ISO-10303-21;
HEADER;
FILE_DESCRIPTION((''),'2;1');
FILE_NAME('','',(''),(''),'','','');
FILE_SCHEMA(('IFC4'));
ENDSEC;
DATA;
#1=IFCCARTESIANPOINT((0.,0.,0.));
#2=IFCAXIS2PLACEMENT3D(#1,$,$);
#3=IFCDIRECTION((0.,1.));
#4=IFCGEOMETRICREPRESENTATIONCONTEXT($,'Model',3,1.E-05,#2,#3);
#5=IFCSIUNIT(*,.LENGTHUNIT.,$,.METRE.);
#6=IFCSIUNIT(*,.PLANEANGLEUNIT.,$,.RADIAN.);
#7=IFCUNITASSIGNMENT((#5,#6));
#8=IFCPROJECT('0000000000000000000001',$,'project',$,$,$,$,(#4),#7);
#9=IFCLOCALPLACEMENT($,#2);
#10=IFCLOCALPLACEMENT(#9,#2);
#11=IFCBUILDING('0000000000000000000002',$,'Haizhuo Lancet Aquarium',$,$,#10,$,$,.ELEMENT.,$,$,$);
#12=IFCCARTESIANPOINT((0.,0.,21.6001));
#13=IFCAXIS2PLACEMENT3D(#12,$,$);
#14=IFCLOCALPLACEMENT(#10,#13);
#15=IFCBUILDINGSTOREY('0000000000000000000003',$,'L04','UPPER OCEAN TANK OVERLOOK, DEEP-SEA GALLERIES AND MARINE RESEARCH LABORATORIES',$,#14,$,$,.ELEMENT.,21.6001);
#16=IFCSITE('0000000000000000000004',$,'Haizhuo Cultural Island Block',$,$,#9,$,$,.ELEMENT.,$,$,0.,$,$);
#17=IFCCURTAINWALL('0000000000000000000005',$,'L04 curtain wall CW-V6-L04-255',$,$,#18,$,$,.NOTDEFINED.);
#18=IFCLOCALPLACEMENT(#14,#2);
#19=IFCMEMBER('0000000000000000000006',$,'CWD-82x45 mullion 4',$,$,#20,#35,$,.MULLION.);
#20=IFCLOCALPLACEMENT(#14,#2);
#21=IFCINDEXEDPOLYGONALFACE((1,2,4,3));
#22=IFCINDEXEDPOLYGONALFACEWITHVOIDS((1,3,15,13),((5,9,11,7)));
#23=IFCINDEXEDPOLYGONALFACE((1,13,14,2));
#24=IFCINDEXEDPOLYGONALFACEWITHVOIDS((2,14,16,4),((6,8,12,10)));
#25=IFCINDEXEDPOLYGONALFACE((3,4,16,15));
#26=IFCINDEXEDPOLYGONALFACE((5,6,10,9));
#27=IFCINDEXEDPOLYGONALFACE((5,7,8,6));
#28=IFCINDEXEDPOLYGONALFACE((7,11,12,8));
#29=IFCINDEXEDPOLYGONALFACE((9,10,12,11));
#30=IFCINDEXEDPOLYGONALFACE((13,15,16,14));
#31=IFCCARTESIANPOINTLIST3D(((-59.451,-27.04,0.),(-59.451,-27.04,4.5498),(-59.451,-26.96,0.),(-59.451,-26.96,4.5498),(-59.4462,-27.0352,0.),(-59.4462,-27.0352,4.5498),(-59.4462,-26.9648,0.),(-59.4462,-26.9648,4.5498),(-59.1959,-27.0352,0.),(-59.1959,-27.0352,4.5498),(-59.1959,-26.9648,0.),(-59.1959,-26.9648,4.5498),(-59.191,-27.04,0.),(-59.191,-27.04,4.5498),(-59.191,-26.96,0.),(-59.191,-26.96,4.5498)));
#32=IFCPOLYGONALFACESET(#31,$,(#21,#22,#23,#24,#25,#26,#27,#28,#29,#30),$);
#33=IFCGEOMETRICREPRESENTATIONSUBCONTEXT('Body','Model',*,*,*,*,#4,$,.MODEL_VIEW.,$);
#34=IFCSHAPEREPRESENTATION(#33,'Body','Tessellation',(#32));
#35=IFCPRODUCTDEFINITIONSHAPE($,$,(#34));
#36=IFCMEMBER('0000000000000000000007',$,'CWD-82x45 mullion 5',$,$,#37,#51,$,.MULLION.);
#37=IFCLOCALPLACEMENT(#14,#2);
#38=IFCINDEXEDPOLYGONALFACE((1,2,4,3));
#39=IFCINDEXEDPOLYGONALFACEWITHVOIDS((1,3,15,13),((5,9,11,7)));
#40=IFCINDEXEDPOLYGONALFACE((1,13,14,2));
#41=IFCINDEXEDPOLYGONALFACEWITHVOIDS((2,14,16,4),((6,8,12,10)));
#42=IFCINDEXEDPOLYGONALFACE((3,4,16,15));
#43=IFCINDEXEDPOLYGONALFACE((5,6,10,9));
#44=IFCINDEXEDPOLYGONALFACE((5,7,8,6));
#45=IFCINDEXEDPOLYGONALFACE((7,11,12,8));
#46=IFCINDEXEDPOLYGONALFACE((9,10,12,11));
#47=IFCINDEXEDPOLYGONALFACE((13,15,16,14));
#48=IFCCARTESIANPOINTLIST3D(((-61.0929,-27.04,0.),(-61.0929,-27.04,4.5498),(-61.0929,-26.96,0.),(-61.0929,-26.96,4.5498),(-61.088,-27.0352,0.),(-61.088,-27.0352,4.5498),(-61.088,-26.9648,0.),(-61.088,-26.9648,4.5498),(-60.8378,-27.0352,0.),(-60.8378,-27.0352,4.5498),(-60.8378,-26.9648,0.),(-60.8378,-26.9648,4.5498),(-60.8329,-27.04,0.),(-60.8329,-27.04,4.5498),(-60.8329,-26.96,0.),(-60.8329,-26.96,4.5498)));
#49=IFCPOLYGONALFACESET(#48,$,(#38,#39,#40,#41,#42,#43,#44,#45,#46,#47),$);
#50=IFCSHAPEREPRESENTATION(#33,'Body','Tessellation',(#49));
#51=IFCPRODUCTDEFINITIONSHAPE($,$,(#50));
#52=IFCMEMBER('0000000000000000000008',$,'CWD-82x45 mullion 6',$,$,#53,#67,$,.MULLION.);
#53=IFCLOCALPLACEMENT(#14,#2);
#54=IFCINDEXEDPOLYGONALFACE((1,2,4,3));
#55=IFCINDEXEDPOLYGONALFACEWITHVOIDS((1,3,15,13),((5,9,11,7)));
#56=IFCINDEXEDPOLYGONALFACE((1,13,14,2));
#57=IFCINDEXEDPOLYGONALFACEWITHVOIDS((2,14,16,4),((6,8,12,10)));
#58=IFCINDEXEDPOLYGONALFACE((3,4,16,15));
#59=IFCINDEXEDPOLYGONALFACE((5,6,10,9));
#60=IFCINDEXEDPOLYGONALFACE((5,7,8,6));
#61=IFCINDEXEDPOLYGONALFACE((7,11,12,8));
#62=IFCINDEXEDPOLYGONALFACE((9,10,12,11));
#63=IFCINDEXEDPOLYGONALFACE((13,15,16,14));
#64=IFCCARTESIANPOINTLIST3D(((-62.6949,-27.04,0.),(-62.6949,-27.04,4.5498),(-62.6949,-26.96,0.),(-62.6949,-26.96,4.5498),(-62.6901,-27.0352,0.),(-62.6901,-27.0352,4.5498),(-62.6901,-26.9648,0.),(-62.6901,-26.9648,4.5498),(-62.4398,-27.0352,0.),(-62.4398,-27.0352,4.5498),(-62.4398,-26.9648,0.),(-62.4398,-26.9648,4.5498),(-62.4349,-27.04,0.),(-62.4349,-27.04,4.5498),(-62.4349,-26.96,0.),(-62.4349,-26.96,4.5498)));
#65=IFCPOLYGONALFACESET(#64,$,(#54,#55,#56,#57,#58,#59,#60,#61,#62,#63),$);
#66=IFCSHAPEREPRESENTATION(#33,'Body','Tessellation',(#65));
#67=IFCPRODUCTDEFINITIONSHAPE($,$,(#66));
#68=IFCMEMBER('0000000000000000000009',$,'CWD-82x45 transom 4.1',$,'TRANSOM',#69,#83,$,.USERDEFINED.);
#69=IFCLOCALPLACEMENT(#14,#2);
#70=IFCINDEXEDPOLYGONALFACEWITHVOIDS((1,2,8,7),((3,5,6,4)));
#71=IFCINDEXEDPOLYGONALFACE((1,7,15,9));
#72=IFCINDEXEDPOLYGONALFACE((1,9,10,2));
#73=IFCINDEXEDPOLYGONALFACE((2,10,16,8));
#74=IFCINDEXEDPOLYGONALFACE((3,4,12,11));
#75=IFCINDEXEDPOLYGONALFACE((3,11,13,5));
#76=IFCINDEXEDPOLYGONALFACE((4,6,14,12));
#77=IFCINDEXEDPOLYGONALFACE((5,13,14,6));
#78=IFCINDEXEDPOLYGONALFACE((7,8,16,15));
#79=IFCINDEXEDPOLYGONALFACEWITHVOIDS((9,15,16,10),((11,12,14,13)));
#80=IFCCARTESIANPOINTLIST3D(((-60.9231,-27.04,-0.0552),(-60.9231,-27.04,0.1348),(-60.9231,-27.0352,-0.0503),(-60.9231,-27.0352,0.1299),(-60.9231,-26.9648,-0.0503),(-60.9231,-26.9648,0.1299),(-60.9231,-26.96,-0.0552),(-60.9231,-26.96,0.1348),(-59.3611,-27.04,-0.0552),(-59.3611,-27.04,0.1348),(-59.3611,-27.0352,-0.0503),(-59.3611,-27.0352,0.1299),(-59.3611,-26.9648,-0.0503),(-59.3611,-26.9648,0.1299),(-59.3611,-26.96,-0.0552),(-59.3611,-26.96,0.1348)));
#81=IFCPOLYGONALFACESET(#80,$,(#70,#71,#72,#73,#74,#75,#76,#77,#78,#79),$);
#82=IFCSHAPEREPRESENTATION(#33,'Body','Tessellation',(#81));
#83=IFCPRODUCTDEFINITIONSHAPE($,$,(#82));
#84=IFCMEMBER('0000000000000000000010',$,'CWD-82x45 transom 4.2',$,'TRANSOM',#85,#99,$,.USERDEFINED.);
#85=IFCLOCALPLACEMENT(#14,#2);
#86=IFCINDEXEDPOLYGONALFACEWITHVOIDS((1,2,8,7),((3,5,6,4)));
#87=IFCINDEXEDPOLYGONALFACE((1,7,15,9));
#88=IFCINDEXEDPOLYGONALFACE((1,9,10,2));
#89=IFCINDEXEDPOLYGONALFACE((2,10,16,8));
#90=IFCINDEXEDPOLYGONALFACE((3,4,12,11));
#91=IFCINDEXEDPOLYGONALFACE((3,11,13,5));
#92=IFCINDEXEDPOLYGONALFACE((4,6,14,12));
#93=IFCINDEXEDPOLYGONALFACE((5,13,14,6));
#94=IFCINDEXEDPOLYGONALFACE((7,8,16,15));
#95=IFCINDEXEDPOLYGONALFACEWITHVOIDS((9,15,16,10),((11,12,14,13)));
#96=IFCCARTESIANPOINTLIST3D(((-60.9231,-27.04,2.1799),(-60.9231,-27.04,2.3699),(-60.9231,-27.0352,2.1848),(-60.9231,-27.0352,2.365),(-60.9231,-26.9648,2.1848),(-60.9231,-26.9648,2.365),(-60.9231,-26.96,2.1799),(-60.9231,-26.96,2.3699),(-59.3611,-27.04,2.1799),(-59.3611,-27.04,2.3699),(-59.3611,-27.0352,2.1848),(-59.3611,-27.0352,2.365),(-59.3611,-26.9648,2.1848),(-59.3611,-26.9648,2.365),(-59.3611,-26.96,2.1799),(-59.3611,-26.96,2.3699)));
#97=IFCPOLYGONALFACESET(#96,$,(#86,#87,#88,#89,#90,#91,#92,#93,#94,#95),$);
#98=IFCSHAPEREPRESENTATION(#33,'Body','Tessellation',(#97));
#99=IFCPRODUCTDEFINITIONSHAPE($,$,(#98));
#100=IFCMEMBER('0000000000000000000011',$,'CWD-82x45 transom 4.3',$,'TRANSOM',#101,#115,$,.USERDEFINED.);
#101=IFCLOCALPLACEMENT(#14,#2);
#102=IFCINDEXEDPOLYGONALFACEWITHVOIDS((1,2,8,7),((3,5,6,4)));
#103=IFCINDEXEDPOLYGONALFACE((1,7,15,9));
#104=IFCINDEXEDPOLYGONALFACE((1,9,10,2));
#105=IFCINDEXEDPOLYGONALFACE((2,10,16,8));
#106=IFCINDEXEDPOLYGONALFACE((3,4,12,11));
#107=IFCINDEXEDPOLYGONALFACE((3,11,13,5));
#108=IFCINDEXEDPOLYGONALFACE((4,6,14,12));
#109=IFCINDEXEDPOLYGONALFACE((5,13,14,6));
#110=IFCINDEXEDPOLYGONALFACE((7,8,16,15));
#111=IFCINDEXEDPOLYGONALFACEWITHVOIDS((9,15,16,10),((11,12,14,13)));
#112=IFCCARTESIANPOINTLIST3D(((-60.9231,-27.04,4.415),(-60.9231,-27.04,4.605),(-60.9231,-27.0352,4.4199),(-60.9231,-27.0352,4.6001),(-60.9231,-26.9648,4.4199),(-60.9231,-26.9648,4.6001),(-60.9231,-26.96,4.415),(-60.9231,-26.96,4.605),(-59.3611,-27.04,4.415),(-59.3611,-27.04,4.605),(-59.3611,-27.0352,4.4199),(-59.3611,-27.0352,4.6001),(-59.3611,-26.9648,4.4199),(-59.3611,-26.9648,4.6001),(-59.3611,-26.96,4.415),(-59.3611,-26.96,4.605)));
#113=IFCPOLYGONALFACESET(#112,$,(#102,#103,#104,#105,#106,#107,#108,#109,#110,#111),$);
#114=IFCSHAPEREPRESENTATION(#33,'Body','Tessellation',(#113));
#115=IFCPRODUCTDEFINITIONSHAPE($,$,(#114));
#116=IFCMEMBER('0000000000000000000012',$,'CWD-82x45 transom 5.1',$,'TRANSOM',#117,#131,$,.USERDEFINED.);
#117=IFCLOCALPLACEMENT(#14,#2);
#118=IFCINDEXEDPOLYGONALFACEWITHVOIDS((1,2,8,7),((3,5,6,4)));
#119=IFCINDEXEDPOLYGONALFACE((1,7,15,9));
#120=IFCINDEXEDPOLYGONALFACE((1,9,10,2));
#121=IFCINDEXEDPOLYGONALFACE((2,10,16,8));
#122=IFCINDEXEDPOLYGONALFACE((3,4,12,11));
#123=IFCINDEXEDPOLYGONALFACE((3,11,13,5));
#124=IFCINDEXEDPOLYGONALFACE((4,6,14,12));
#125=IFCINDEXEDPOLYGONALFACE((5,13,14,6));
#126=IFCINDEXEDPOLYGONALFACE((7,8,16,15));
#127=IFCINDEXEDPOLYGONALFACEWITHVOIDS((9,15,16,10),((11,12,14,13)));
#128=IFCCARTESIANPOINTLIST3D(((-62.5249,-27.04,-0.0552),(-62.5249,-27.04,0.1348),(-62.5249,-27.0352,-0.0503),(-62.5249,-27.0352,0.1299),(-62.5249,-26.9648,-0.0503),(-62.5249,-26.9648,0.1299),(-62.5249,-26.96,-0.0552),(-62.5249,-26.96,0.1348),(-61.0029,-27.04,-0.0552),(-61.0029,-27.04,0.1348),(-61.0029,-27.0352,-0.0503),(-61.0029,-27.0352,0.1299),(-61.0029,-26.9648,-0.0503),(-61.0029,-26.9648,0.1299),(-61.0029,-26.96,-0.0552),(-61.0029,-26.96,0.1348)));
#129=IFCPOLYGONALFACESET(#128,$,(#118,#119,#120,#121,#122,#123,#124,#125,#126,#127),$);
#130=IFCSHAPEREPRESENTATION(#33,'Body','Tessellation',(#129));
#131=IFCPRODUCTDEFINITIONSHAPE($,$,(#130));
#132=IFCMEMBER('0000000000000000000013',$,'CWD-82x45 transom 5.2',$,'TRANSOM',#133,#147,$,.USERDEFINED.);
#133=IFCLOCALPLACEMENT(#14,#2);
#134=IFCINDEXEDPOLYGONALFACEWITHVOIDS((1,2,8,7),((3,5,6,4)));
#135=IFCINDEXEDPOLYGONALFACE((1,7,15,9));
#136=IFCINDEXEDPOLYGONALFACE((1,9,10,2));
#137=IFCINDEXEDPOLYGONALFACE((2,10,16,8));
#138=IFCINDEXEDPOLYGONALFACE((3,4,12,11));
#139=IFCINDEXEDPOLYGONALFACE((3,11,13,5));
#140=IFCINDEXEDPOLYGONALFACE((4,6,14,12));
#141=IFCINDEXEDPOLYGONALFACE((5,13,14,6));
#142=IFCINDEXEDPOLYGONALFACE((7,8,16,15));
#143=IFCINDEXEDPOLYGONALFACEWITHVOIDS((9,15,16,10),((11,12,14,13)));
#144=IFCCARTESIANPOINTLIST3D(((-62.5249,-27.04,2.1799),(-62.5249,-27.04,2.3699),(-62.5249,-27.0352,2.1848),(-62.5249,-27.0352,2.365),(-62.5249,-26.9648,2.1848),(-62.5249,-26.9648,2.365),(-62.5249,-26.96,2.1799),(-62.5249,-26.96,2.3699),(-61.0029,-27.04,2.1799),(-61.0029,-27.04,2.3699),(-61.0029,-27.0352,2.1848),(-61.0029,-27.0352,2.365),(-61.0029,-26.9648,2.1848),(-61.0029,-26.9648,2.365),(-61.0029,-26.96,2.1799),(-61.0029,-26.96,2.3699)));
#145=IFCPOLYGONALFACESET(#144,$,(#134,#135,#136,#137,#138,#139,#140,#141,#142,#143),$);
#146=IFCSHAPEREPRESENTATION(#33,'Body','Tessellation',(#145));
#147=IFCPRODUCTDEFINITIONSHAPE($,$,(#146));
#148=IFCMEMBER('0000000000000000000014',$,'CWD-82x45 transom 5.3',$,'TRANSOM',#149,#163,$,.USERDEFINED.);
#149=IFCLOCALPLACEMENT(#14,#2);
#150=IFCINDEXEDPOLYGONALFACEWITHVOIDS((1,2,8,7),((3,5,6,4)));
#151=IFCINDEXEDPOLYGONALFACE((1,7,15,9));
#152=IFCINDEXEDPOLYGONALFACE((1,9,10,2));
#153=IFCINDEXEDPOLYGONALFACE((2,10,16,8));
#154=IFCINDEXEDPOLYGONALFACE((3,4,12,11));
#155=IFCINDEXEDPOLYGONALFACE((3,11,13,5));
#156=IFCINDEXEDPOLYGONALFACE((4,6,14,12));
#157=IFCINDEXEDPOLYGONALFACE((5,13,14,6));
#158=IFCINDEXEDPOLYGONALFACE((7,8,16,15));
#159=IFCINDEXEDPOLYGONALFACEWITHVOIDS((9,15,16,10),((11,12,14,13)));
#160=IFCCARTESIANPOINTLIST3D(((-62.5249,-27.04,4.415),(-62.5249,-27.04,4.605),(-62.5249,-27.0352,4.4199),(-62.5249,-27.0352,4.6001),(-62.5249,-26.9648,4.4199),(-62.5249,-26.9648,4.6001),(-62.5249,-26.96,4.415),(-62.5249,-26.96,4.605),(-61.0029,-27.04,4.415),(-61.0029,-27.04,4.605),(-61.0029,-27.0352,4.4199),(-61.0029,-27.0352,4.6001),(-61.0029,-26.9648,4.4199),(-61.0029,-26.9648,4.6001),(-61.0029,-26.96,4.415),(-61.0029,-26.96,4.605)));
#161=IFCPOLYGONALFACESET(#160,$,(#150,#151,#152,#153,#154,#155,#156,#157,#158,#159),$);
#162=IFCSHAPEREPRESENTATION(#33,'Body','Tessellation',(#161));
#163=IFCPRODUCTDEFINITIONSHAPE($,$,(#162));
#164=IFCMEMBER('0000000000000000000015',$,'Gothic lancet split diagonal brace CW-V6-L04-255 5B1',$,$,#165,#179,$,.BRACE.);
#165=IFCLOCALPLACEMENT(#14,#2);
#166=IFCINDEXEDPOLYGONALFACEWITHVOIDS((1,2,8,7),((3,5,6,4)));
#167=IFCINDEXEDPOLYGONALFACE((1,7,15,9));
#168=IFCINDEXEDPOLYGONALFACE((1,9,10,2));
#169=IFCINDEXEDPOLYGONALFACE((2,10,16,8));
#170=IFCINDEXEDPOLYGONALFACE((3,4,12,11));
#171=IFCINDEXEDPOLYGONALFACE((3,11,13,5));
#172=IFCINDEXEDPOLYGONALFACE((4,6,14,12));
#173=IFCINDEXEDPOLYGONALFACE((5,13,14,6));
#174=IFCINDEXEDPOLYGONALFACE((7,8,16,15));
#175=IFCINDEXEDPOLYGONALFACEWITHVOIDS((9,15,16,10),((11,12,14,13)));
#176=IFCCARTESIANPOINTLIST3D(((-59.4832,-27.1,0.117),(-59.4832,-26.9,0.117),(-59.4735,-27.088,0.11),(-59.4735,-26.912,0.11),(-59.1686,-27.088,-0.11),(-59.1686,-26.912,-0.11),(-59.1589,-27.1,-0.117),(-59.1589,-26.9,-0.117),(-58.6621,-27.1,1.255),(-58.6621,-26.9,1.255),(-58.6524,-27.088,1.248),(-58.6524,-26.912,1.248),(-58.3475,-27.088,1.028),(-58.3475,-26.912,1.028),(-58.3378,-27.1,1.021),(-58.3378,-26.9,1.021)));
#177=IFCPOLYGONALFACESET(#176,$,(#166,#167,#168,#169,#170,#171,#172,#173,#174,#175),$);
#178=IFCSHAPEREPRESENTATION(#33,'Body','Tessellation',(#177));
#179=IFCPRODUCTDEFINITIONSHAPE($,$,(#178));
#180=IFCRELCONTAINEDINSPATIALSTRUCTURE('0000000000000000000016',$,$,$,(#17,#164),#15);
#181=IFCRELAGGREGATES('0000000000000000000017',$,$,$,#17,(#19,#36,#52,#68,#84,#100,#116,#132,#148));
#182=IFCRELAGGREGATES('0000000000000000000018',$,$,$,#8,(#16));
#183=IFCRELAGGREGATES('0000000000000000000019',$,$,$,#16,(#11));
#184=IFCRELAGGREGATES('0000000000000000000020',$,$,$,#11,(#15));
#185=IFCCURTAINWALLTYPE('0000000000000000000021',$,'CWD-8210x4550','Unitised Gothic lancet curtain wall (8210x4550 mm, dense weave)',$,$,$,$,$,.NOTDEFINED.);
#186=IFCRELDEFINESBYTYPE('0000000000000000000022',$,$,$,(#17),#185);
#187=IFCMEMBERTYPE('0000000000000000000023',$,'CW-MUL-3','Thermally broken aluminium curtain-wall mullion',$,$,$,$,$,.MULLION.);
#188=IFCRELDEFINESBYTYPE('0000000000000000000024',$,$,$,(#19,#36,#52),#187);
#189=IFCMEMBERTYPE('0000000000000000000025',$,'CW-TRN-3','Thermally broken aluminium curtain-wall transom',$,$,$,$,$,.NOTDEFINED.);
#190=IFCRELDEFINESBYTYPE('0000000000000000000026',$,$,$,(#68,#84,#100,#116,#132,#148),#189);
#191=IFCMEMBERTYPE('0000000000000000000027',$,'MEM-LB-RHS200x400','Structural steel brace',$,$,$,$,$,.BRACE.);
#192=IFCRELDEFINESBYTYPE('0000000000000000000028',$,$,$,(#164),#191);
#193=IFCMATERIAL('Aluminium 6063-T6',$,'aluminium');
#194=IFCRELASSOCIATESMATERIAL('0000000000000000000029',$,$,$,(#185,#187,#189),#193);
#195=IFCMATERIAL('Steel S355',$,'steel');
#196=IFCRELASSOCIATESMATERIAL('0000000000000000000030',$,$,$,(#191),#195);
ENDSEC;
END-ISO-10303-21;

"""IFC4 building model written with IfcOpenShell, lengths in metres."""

from ifc_helpers import new_model, si_unit, direction, frame, origin, origin_2d, place, context, subcontext, project, spatial, hollow_rectangle, extrude, material, material_profile, profile_set, type_object, element, aggregate, save


model = new_model("IFC4")

# Units and contexts
model_context = context("Model", 3, precision=1e-05, world=origin(), true_north=direction((0.0, 1.0)))
body_context = subcontext(model_context, "Body", "Model", "MODEL_VIEW")
ifc_project = project(units=[si_unit("LENGTHUNIT", "METRE"), si_unit("PLANEANGLEUNIT", "RADIAN")], contexts=[model_context])

# Site, building, storey
site_placement = place(None, origin())
site = spatial("IfcSite", under=ifc_project, at=site_placement, Name="Haizhuo Cultural Island Block", CompositionType="ELEMENT", RefElevation=0.0)
building_placement = place(site_placement, origin())
building = spatial("IfcBuilding", under=site, at=building_placement, Name="Haizhuo Lancet Aquarium", CompositionType="ELEMENT")
storey_placement = place(building_placement, frame((0.0, 0.0, 21.6001)))
storey = spatial("IfcBuildingStorey", under=building, at=storey_placement, Name="L04", Description="UPPER OCEAN TANK OVERLOOK, DEEP-SEA GALLERIES AND MARINE RESEARCH LABORATORIES", CompositionType="ELEMENT", Elevation=21.6001)

# Curtain wall, members
ifc_material_1 = material(Name="Aluminium 6063-T6", Category="aluminium")
curtain_wall_type = type_object("IfcCurtainWallType", Name="CWD-8210x4550", Description="Unitised Gothic lancet curtain wall (8210x4550 mm, dense weave)", PredefinedType="NOTDEFINED", material=ifc_material_1)
curtain_wall_placement = place(storey_placement, origin())
curtain_wall = element("IfcCurtainWall", 1, at=curtain_wall_placement, inside=storey, type_object=curtain_wall_type, Name="L04 curtain wall CW-V6-L04-255", PredefinedType="NOTDEFINED")
ifc_material_profile_1 = material_profile(ifc_material_1, hollow_rectangle(XDim=0.0801, YDim=0.26, WallThickness=0.0049, at=origin_2d()), Name="ALU-M 80x260x5")
ifc_profile_set_1 = profile_set([ifc_material_profile_1], Name="Aluminium 6063-T6")
member_type_1 = type_object("IfcMemberType", Name="CW-MUL-3", Description="Thermally broken aluminium curtain-wall mullion", PredefinedType="MULLION", material=ifc_profile_set_1)
member_1_placement = place(storey_placement, frame((-59.321, -27.0, 0.0), z_axis=(0.0, 0.0, 1.0), x_axis=(0.0, -1.0, 0.0)))
member_1 = element("IfcMember", 2, at=member_1_placement, type_object=member_type_1, Name="CWD-82x45 mullion 4", PredefinedType="MULLION", context=body_context, shape_type="SweptSolid", body=[
    extrude(hollow_rectangle(XDim=0.0801, YDim=0.26, WallThickness=0.0049, at=origin_2d()), origin(), (0.0, 0.0, 1.0), 4.5498),
])
member_2_placement = place(storey_placement, frame((-60.9629, -27.0, 0.0), z_axis=(0.0, 0.0, 1.0), x_axis=(0.0, -1.0, 0.0)))
member_2 = element("IfcMember", 3, at=member_2_placement, type_object=member_type_1, Name="CWD-82x45 mullion 5", PredefinedType="MULLION", context=body_context, shape_type="SweptSolid", body=[
    extrude(hollow_rectangle(XDim=0.0801, YDim=0.26, WallThickness=0.0049, at=origin_2d()), origin(), (0.0, 0.0, 1.0), 4.5498),
])
member_3_placement = place(storey_placement, frame((-62.5649, -27.0, 0.0), z_axis=(0.0, 0.0, 1.0), x_axis=(0.0, -1.0, 0.0)))
member_3 = element("IfcMember", 4, at=member_3_placement, type_object=member_type_1, Name="CWD-82x45 mullion 6", PredefinedType="MULLION", context=body_context, shape_type="SweptSolid", body=[
    extrude(hollow_rectangle(XDim=0.0801, YDim=0.26, WallThickness=0.0049, at=origin_2d()), origin(), (0.0, 0.0, 1.0), 4.5498),
])
ifc_material_profile_2 = material_profile(ifc_material_1, hollow_rectangle(XDim=0.0801, YDim=0.1899, WallThickness=0.0049, at=origin_2d()), Name="ALU-T 80x190x5")
ifc_profile_set_2 = profile_set([ifc_material_profile_2], Name="Aluminium 6063-T6")
member_type_2 = type_object("IfcMemberType", Name="CW-TRN-3", Description="Thermally broken aluminium curtain-wall transom", PredefinedType="NOTDEFINED", material=ifc_profile_set_2)
member_4_placement = place(storey_placement, frame((-59.3611, -27.0, 0.0398), z_axis=(-1.0, 0.0, 0.0), x_axis=(0.0, -1.0, 0.0)))
member_4 = element("IfcMember", 5, at=member_4_placement, type_object=member_type_2, Name="CWD-82x45 transom 4.1", ObjectType="TRANSOM", PredefinedType="USERDEFINED", context=body_context, shape_type="SweptSolid", body=[
    extrude(hollow_rectangle(XDim=0.0801, YDim=0.1899, WallThickness=0.0049, at=origin_2d()), origin(), (0.0, 0.0, 1.0), 1.562),
])
member_5_placement = place(storey_placement, frame((-59.3611, -27.0, 2.2749), z_axis=(-1.0, 0.0, 0.0), x_axis=(0.0, -1.0, 0.0)))
member_5 = element("IfcMember", 6, at=member_5_placement, type_object=member_type_2, Name="CWD-82x45 transom 4.2", ObjectType="TRANSOM", PredefinedType="USERDEFINED", context=body_context, shape_type="SweptSolid", body=[
    extrude(hollow_rectangle(XDim=0.0801, YDim=0.1899, WallThickness=0.0049, at=origin_2d()), origin(), (0.0, 0.0, 1.0), 1.562),
])
member_6_placement = place(storey_placement, frame((-59.3611, -27.0, 4.51), z_axis=(-1.0, 0.0, 0.0), x_axis=(0.0, -1.0, 0.0)))
member_6 = element("IfcMember", 7, at=member_6_placement, type_object=member_type_2, Name="CWD-82x45 transom 4.3", ObjectType="TRANSOM", PredefinedType="USERDEFINED", context=body_context, shape_type="SweptSolid", body=[
    extrude(hollow_rectangle(XDim=0.0801, YDim=0.1899, WallThickness=0.0049, at=origin_2d()), origin(), (0.0, 0.0, 1.0), 1.562),
])
member_7_placement = place(storey_placement, frame((-61.0029, -27.0, 0.0398), z_axis=(-1.0, 0.0, 0.0), x_axis=(0.0, -1.0, 0.0)))
member_7 = element("IfcMember", 8, at=member_7_placement, type_object=member_type_2, Name="CWD-82x45 transom 5.1", ObjectType="TRANSOM", PredefinedType="USERDEFINED", context=body_context, shape_type="SweptSolid", body=[
    extrude(hollow_rectangle(XDim=0.0801, YDim=0.1899, WallThickness=0.0049, at=origin_2d()), origin(), (0.0, 0.0, 1.0), 1.522),
])
member_8_placement = place(storey_placement, frame((-61.0029, -27.0, 2.2749), z_axis=(-1.0, 0.0, 0.0), x_axis=(0.0, -1.0, 0.0)))
member_8 = element("IfcMember", 9, at=member_8_placement, type_object=member_type_2, Name="CWD-82x45 transom 5.2", ObjectType="TRANSOM", PredefinedType="USERDEFINED", context=body_context, shape_type="SweptSolid", body=[
    extrude(hollow_rectangle(XDim=0.0801, YDim=0.1899, WallThickness=0.0049, at=origin_2d()), origin(), (0.0, 0.0, 1.0), 1.522),
])
member_9_placement = place(storey_placement, frame((-61.0029, -27.0, 4.51), z_axis=(-1.0, 0.0, 0.0), x_axis=(0.0, -1.0, 0.0)))
member_9 = element("IfcMember", 10, at=member_9_placement, type_object=member_type_2, Name="CWD-82x45 transom 5.3", ObjectType="TRANSOM", PredefinedType="USERDEFINED", context=body_context, shape_type="SweptSolid", body=[
    extrude(hollow_rectangle(XDim=0.0801, YDim=0.1899, WallThickness=0.0049, at=origin_2d()), origin(), (0.0, 0.0, 1.0), 1.522),
])

# Member
ifc_material_2 = material(Name="Steel S355", Category="steel")
ifc_material_profile_3 = material_profile(ifc_material_2, hollow_rectangle(XDim=0.2, YDim=0.3999, WallThickness=0.012, at=origin_2d()), Name="RHS 200x400x12")
ifc_profile_set_3 = profile_set([ifc_material_profile_3], Name="Steel S355")
member_type_3 = type_object("IfcMemberType", Name="MEM-LB-RHS200x400", Description="Structural steel brace", PredefinedType="BRACE", material=ifc_profile_set_3)
member_10_placement = place(storey_placement, frame((-59.321, -27.0, 0.0), z_axis=(0.585116, 0.0, 0.81095), x_axis=(0.0, 1.0, 0.0)))
element("IfcMember", 11, at=member_10_placement, inside=storey, type_object=member_type_3, Name="Gothic lancet split diagonal brace CW-V6-L04-255 5B1", PredefinedType="BRACE", context=body_context, shape_type="SweptSolid", body=[
    extrude(hollow_rectangle(XDim=0.2, YDim=0.3999, WallThickness=0.012, at=origin_2d()), origin(), (0.0, 0.0, 1.0), 1.4033),
])

aggregate(curtain_wall, [member_1, member_2, member_3, member_4, member_5, member_6, member_7, member_8, member_9])

save(model, "model.ifc")
